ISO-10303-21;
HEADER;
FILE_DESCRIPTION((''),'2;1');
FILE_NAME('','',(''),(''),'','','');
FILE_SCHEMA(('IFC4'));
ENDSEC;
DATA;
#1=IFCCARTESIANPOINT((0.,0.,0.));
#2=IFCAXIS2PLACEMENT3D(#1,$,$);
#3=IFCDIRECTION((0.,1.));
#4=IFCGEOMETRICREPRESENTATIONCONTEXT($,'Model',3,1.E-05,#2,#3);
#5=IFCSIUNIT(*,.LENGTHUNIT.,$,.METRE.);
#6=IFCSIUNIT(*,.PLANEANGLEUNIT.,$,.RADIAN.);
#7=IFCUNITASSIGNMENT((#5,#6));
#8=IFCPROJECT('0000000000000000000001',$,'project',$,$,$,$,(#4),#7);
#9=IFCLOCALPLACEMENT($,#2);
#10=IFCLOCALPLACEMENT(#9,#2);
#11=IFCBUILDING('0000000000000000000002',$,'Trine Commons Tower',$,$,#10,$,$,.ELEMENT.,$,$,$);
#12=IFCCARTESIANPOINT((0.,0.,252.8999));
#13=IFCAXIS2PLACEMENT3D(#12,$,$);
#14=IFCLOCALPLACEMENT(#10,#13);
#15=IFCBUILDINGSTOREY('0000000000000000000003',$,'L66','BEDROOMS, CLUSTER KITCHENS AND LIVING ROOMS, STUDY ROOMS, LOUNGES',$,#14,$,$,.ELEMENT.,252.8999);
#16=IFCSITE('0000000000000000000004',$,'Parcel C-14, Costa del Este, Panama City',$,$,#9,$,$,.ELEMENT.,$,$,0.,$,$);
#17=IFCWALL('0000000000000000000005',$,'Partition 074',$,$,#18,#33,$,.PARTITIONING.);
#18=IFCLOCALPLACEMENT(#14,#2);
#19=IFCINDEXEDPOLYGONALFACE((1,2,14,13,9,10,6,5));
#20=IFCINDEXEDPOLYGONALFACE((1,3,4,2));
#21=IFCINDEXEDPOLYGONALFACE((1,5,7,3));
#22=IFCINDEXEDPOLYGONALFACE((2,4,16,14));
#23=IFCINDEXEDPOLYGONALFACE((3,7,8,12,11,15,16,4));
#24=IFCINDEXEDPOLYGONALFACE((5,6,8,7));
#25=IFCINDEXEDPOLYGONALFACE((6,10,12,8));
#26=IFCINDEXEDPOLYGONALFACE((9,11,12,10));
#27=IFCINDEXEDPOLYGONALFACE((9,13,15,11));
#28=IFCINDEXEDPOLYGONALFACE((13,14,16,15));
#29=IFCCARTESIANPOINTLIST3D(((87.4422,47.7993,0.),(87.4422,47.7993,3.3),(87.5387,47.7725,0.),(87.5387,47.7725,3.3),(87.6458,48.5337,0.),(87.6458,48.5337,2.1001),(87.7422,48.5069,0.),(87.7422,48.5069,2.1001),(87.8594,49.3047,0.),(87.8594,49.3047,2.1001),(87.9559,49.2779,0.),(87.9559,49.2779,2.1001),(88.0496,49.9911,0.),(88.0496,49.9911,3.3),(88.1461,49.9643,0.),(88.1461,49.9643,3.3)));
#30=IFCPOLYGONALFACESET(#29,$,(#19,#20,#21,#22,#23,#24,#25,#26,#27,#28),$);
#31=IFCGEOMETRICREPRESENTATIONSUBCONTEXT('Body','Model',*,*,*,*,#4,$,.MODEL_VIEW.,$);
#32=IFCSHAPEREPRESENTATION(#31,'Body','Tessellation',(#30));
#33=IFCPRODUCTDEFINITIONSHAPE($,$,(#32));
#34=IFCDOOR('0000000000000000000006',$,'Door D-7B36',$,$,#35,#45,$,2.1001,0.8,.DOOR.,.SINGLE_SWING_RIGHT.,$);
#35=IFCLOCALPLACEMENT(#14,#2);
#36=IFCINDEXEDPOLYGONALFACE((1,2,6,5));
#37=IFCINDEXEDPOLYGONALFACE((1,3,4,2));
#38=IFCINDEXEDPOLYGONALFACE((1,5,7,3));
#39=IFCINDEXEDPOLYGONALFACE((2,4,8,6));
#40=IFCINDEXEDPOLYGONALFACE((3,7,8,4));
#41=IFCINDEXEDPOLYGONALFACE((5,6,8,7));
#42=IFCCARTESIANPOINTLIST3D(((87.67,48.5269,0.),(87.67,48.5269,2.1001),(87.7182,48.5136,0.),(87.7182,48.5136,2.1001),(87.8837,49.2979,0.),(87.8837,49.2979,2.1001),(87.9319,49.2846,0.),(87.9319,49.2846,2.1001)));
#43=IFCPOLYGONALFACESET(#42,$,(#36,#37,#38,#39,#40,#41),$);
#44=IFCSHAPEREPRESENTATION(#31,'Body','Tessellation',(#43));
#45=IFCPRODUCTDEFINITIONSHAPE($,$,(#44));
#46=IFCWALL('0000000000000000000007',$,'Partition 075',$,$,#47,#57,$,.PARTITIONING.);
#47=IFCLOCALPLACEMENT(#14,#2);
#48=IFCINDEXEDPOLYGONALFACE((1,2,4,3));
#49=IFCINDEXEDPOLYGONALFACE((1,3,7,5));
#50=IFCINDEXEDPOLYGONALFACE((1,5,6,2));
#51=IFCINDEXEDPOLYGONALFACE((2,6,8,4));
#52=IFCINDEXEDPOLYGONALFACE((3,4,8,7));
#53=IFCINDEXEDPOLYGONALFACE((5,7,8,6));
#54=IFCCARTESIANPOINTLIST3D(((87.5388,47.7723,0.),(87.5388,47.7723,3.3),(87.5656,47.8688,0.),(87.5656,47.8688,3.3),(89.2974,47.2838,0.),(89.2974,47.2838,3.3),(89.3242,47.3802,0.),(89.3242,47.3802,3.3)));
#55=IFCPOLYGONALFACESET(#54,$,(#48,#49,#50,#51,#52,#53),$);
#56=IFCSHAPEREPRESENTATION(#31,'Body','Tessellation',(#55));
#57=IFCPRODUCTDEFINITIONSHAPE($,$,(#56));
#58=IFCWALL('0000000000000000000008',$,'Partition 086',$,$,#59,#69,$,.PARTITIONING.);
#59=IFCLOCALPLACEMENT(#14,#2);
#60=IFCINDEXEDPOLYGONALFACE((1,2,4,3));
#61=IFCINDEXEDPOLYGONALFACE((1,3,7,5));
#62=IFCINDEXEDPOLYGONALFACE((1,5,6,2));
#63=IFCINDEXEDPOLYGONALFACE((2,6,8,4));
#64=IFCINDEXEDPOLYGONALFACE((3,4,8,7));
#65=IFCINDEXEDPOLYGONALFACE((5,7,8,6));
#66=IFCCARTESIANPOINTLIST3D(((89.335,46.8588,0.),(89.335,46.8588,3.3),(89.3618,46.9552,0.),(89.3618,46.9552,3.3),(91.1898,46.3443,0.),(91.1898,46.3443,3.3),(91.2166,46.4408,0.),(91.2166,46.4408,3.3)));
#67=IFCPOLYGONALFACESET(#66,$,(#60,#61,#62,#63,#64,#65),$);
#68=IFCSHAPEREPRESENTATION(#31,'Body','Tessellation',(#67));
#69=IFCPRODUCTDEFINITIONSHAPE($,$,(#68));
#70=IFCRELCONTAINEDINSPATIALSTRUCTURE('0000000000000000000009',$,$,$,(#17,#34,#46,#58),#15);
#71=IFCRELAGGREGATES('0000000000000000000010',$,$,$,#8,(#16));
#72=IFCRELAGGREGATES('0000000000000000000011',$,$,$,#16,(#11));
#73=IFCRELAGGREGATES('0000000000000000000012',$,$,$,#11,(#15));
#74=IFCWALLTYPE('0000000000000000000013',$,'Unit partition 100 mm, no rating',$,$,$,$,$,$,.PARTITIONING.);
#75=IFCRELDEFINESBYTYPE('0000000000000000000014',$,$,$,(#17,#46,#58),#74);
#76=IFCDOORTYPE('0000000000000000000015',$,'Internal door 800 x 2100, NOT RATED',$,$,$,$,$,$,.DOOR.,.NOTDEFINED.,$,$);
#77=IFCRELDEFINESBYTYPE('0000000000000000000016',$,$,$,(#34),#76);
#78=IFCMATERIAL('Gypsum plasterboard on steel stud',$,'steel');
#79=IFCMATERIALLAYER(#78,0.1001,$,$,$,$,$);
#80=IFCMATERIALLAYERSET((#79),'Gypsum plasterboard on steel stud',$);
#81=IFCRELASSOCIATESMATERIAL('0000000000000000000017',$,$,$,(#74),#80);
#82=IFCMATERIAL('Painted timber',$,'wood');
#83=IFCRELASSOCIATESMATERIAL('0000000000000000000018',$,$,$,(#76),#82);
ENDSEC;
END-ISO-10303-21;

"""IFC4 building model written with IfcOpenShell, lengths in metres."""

from ifc_helpers import new_model, si_unit, direction, frame, frame_2d, origin, place, context, subcontext, project, spatial, rectangle, extrude, material, layer, layer_set, type_object, element, fill, save


model = new_model("IFC4")

# Units and contexts
model_context = context("Model", 3, precision=1e-05, world=origin(), true_north=direction((0.0, 1.0)))
body_context = subcontext(model_context, "Body", "Model", "MODEL_VIEW")
ifc_project = project(units=[si_unit("LENGTHUNIT", "METRE"), si_unit("PLANEANGLEUNIT", "RADIAN")], contexts=[model_context])

# Site, building, storey
site_placement = place(None, origin())
site = spatial("IfcSite", under=ifc_project, at=site_placement, Name="Parcel C-14, Costa del Este, Panama City", CompositionType="ELEMENT", RefElevation=0.0)
building_placement = place(site_placement, origin())
building = spatial("IfcBuilding", under=site, at=building_placement, Name="Trine Commons Tower", CompositionType="ELEMENT")
storey_placement = place(building_placement, frame((0.0, 0.0, 252.8999)))
storey = spatial("IfcBuildingStorey", under=building, at=storey_placement, Name="L66", Description="BEDROOMS, CLUSTER KITCHENS AND LIVING ROOMS, STUDY ROOMS, LOUNGES", CompositionType="ELEMENT", Elevation=252.8999)

# Shared definitions
ifc_material_1 = material(Name="Gypsum plasterboard on steel stud", Category="steel")
ifc_material_2 = material(Name="Painted timber", Category="wood")

# Shared definitions
ifc_layer_1 = layer(ifc_material_1, 0.1001)
ifc_layer_set_1 = layer_set([ifc_layer_1], Name="Gypsum plasterboard on steel stud")
wall_type_1 = type_object("IfcWallType", Name="Unit partition 100 mm, no rating", PredefinedType="PARTITIONING", material=ifc_layer_set_1)

# Wall, opening, door
door_type_1 = type_object("IfcDoorType", Name="Internal door 800 x 2100, NOT RATED", OperationType="NOTDEFINED", PredefinedType="DOOR", material=ifc_material_2)
wall_1_placement = place(storey_placement, frame((87.4905, 47.7859, 0.0), z_axis=(0.0, 0.0, 1.0), x_axis=(0.267057, 0.963681, 0.0)))
wall_1 = element("IfcWall", 1, at=wall_1_placement, inside=storey, type_object=wall_type_1, Name="Partition 074", PredefinedType="PARTITIONING", context=body_context, shape_type="SweptSolid", body=[
    extrude(rectangle(XDim=2.2744, YDim=0.1001, at=frame_2d((1.1372, 0.0))), origin(), (0.0, 0.0, 1.0), 3.3),
])
opening_1_placement = place(wall_1_placement, frame((0.7622, 0.0, 0.0)))
opening_1 = element("IfcOpeningElement", 2, at=opening_1_placement, cuts=wall_1, PredefinedType="OPENING", context=body_context, shape_type="SweptSolid", body=[
    extrude(rectangle(XDim=0.8, YDim=2.1001, at=frame_2d((0.3999, 1.05))), frame((0.0, 0.0601, 0.0), z_axis=(0.0, -1.0, 0.0), x_axis=(1.0, 0.0, 0.0)), (0.0, 0.0, 1.0), 0.1201),
])
door_1_placement = place(opening_1_placement, origin())
door_1 = element("IfcDoor", 3, at=door_1_placement, inside=storey, type_object=door_type_1, Name="Door D-7B36", OperationType="SINGLE_SWING_RIGHT", OverallHeight=2.1001, OverallWidth=0.8, PredefinedType="DOOR", context=body_context, shape_type="SweptSolid", body=[
    extrude(rectangle(XDim=0.8, YDim=2.1001, at=frame_2d((0.3999, 1.05))), frame((0.0, 0.0249, 0.0), z_axis=(0.0, -1.0, 0.0), x_axis=(1.0, 0.0, 0.0)), (0.0, 0.0, 1.0), 0.05),
])
fill(opening_1, door_1)

# Walls
wall_2_placement = place(storey_placement, frame((87.5522, 47.8206, 0.0), z_axis=(0.0, 0.0, 1.0), x_axis=(0.963512, -0.267665, 0.0)))
element("IfcWall", 4, at=wall_2_placement, inside=storey, type_object=wall_type_1, Name="Partition 075", PredefinedType="PARTITIONING", context=body_context, shape_type="SweptSolid", body=[
    extrude(rectangle(XDim=1.8252, YDim=0.1001, at=frame_2d((0.9126, 0.0))), origin(), (0.0, 0.0, 1.0), 3.3),
])
wall_3_placement = place(storey_placement, frame((89.3484, 46.907, 0.0), z_axis=(0.0, 0.0, 1.0), x_axis=(0.963625, -0.267258, 0.0)))
element("IfcWall", 5, at=wall_3_placement, inside=storey, type_object=wall_type_1, Name="Partition 086", PredefinedType="PARTITIONING", context=body_context, shape_type="SweptSolid", body=[
    extrude(rectangle(XDim=1.9248, YDim=0.1001, at=frame_2d((0.9624, 0.0))), origin(), (0.0, 0.0, 1.0), 3.3),
])

save(model, "model.ifc")
